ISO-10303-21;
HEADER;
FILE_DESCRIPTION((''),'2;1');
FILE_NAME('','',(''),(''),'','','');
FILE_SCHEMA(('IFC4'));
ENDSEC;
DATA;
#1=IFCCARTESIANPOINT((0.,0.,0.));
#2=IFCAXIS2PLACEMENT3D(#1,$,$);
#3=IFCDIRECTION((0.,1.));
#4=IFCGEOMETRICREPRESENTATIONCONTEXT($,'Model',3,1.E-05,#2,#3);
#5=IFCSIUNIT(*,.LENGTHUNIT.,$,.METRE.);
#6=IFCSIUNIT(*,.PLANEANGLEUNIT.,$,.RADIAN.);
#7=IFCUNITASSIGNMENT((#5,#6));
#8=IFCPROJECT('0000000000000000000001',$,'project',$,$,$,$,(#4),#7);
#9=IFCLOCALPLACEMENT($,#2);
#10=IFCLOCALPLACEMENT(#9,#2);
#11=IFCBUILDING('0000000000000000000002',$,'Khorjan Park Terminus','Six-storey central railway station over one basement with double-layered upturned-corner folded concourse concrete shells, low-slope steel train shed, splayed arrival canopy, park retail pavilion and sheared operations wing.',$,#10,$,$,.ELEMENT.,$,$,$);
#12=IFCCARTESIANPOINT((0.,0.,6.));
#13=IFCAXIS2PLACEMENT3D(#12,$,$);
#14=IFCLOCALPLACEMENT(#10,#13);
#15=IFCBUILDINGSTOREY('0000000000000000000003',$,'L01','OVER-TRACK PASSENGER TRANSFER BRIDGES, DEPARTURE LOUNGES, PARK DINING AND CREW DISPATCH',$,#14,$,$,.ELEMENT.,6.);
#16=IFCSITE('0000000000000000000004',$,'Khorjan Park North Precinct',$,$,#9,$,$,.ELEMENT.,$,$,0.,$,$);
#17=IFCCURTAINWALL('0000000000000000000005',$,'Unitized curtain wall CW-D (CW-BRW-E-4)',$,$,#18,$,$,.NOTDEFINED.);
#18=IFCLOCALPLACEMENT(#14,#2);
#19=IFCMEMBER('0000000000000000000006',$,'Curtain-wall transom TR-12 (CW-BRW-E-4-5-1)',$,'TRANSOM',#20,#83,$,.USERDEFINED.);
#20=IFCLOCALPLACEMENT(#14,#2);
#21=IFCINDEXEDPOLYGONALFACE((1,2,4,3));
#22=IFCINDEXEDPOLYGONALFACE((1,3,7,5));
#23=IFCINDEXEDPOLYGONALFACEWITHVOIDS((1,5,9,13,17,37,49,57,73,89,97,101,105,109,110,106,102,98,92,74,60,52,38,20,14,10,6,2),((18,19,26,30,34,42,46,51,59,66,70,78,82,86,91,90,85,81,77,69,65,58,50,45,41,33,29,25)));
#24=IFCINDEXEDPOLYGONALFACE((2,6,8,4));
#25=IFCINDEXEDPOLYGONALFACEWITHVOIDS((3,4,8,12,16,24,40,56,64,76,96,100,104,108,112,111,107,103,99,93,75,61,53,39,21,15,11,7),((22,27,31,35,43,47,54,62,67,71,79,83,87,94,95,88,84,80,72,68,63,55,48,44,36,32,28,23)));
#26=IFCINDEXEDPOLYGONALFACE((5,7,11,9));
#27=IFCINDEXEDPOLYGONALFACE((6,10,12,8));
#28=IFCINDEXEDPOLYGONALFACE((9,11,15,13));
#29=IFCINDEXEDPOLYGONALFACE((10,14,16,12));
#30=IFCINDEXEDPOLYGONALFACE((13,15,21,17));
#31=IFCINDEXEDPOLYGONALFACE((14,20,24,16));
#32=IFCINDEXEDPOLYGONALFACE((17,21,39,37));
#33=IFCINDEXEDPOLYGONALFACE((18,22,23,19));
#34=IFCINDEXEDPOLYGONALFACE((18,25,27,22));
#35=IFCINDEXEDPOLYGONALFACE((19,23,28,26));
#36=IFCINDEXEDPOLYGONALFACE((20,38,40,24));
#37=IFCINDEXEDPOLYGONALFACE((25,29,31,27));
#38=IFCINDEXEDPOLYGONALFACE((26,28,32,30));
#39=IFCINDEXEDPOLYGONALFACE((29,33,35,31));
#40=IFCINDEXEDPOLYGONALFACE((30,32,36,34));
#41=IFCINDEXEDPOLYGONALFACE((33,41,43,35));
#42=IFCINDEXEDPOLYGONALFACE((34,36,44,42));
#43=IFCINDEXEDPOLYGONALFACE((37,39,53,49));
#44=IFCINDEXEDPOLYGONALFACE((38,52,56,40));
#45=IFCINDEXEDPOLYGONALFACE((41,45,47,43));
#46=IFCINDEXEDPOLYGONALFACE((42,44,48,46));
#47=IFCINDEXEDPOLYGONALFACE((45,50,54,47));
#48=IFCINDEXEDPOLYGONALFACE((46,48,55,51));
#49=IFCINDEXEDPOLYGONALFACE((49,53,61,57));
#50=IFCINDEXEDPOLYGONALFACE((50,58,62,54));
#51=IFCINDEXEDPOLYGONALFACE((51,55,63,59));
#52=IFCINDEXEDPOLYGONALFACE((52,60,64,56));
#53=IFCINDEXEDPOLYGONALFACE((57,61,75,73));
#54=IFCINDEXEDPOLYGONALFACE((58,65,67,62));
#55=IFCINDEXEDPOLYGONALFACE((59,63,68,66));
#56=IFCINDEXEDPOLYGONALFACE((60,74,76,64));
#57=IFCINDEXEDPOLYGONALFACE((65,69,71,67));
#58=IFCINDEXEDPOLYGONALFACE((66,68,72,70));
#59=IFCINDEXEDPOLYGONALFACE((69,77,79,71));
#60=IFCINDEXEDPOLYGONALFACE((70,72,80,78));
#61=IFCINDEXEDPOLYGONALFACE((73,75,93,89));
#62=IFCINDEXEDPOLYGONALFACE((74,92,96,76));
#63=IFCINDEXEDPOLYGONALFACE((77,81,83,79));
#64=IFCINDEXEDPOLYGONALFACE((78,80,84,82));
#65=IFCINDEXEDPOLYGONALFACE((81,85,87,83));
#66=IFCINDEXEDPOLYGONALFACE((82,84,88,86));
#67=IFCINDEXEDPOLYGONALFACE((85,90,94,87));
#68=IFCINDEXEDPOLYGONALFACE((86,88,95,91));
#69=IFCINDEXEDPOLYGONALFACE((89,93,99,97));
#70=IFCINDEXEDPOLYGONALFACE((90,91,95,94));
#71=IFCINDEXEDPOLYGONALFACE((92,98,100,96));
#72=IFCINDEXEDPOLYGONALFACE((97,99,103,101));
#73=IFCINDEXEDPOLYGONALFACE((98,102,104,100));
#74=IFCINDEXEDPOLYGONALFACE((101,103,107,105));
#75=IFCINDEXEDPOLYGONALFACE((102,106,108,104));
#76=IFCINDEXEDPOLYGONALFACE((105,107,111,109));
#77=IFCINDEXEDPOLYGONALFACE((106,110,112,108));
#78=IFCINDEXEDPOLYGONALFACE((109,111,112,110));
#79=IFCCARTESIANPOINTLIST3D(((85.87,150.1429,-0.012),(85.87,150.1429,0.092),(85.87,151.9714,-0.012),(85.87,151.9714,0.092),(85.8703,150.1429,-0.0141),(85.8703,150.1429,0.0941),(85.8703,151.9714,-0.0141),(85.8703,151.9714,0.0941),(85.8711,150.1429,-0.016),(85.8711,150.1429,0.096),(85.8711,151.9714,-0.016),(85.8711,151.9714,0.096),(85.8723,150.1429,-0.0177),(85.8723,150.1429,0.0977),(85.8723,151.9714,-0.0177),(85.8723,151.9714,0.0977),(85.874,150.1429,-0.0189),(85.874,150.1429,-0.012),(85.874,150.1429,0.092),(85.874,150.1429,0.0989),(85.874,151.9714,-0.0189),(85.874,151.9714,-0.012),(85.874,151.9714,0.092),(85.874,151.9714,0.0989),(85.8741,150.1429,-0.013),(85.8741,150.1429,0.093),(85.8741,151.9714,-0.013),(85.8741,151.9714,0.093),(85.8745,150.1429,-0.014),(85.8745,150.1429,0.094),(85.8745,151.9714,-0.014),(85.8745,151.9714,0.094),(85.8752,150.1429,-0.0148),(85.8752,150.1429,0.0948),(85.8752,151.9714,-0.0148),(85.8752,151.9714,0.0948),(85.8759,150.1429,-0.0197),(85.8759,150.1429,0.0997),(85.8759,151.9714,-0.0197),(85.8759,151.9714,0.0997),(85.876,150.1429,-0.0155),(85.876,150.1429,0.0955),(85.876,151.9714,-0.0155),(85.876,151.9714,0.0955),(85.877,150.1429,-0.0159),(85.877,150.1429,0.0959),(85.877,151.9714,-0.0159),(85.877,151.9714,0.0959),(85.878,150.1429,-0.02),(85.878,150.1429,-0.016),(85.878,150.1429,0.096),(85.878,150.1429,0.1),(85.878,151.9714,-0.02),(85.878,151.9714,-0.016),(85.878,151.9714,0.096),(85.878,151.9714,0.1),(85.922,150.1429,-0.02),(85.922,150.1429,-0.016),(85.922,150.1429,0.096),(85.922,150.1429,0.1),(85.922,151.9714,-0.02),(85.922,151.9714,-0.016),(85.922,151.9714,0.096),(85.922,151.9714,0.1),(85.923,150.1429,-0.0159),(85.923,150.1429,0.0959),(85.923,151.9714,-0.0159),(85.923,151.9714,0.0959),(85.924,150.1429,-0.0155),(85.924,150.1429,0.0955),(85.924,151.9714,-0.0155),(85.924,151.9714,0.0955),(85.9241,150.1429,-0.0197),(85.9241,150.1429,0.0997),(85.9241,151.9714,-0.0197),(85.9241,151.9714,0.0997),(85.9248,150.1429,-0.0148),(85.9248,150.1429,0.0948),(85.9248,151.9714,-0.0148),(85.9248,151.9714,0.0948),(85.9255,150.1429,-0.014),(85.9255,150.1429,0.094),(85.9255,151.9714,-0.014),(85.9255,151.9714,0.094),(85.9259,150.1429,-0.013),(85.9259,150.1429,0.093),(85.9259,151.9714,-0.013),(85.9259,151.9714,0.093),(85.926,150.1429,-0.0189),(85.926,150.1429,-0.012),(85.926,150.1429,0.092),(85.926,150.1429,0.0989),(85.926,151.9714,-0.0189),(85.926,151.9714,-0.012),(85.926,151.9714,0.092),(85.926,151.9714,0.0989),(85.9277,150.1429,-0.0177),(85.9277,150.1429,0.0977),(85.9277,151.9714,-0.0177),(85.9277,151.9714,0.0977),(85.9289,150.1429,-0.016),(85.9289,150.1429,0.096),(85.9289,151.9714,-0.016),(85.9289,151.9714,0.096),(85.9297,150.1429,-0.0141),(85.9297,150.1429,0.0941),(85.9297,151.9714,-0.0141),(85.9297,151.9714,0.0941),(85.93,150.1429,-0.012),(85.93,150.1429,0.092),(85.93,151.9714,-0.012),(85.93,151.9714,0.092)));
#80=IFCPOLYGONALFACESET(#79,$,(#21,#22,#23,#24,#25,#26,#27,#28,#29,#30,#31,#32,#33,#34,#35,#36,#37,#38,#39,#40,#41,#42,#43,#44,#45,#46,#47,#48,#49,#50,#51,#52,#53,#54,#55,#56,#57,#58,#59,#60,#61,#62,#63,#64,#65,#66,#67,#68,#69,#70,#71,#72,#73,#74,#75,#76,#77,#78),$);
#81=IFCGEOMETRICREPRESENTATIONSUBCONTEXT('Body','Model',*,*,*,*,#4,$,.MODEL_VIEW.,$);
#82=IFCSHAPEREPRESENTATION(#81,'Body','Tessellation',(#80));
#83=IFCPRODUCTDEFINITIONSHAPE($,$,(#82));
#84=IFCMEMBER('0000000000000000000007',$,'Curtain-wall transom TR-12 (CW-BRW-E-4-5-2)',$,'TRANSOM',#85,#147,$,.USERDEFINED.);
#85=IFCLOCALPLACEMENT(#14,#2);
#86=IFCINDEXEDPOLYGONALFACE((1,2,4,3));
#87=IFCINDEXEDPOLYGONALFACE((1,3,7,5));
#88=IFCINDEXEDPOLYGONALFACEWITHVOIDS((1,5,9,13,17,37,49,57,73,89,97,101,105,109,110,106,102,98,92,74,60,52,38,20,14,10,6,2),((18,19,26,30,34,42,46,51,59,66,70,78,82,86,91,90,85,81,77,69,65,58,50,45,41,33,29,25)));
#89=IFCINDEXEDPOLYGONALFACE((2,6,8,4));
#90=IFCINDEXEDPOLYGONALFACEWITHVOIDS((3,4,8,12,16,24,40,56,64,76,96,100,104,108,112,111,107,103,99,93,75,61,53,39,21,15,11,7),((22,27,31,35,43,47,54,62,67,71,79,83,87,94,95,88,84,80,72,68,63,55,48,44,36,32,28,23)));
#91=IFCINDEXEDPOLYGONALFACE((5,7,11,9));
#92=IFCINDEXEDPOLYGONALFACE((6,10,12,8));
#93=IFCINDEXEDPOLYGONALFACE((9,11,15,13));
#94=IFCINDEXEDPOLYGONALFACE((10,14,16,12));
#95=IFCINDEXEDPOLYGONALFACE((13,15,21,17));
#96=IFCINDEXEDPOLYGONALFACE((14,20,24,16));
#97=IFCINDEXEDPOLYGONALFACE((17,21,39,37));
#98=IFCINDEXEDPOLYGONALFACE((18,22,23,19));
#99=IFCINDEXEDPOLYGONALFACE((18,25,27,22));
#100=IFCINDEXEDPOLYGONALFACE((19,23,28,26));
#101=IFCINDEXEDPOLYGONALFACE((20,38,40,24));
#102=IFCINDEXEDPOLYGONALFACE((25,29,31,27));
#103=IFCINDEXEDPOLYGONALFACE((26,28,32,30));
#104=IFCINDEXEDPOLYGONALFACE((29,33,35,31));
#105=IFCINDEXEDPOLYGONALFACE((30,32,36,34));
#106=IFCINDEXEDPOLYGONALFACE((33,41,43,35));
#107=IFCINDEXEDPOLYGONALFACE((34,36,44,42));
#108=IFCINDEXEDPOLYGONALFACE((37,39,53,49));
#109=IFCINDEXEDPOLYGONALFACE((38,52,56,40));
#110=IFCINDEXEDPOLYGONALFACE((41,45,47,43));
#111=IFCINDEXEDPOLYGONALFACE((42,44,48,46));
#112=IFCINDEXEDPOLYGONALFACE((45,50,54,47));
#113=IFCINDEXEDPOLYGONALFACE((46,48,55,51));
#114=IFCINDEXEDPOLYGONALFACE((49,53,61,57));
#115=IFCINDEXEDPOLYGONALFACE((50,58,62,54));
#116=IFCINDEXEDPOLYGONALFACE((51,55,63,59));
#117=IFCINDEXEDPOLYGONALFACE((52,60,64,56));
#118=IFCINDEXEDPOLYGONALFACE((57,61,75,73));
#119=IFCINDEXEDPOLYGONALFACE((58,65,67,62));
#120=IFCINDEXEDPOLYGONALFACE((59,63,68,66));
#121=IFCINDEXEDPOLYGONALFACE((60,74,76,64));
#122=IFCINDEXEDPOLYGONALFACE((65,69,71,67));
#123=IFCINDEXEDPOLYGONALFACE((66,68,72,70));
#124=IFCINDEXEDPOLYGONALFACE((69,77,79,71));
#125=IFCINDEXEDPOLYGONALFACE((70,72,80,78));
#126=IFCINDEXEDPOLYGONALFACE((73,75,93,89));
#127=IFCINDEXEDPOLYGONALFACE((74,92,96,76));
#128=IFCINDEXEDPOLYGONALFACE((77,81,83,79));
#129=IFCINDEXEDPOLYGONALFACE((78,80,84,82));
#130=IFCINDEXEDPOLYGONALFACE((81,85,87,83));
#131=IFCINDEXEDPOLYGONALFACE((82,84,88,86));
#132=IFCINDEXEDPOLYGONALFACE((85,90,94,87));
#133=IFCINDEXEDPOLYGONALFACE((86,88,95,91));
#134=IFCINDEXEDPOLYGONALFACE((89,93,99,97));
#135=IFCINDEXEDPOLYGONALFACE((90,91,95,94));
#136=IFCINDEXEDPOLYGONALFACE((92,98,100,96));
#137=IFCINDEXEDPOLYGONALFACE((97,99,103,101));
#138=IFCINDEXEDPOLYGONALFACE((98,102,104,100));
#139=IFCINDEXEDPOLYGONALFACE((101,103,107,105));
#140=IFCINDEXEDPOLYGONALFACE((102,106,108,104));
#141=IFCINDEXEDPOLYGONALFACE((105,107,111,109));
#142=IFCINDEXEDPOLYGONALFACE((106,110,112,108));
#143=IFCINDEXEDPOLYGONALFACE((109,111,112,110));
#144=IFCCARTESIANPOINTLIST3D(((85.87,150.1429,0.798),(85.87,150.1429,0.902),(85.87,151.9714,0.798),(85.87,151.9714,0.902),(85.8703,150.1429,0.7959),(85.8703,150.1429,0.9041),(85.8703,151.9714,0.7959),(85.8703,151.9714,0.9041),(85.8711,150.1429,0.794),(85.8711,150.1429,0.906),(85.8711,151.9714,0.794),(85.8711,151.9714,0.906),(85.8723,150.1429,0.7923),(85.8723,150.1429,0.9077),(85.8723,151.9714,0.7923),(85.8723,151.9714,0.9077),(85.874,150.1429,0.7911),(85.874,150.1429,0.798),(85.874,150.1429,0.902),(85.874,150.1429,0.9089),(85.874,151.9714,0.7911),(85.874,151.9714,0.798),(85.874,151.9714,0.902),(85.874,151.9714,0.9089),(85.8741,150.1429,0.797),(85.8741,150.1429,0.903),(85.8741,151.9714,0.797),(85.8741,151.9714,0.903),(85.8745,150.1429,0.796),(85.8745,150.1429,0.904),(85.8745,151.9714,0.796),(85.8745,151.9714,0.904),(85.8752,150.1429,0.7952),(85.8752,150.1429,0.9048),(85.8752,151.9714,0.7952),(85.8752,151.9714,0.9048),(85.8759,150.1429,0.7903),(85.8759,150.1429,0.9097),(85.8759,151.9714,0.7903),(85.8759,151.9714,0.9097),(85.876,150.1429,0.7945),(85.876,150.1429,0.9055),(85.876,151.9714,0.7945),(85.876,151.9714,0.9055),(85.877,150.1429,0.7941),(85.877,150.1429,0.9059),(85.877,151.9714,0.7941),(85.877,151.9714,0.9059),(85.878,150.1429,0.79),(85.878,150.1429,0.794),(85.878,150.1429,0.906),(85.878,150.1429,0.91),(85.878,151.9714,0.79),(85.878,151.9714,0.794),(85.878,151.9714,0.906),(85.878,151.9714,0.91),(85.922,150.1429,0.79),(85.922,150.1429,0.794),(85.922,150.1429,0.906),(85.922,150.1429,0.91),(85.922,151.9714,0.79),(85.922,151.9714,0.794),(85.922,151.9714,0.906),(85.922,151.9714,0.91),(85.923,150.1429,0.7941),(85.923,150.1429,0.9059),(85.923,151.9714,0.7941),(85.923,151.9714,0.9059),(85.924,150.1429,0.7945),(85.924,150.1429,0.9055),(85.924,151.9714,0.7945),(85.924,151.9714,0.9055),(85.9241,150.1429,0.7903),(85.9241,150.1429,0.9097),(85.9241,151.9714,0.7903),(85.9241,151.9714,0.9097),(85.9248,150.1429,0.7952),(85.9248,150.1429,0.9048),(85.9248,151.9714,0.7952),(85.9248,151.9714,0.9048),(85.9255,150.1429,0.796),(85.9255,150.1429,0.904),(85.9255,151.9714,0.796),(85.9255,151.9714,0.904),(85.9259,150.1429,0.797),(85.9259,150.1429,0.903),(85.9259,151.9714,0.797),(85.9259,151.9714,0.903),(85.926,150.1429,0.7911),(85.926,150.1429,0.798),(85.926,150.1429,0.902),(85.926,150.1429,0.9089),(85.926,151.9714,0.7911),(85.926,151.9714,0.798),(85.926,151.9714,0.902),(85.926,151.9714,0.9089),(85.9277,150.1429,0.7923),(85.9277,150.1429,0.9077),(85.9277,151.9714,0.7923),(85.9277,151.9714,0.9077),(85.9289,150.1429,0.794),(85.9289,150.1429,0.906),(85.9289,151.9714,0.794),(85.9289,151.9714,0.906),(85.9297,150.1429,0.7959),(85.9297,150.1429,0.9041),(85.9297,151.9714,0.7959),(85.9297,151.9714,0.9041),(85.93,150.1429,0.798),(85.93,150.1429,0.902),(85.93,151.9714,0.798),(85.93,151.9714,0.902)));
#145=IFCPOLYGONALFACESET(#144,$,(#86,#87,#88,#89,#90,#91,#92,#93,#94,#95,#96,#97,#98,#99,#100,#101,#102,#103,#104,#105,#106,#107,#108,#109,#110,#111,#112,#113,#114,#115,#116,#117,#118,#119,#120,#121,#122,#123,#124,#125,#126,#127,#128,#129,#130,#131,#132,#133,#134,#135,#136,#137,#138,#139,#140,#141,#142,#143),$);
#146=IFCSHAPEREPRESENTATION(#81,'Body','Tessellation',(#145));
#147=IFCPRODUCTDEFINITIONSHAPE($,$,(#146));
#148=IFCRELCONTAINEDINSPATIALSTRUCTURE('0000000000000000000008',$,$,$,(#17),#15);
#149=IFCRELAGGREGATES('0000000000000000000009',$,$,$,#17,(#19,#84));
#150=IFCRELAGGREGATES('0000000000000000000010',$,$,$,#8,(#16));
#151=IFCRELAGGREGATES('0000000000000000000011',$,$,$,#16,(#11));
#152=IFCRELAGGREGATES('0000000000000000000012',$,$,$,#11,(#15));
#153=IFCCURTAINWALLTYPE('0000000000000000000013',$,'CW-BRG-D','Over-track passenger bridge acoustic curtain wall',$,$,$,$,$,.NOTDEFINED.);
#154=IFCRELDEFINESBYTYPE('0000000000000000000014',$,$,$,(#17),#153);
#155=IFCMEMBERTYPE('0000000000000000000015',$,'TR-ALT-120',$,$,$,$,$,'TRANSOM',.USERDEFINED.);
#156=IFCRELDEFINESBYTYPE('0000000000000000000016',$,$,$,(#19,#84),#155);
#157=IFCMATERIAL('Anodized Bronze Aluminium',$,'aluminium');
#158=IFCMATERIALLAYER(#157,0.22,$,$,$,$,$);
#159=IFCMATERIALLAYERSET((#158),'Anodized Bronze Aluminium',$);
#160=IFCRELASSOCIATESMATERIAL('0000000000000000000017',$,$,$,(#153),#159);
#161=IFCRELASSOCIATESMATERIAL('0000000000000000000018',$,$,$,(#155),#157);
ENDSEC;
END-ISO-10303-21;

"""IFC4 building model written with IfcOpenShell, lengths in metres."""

from ifc_helpers import new_model, si_unit, direction, frame, origin, origin_2d, place, context, subcontext, project, spatial, hollow_rectangle, extrude, material, layer, layer_set, material_profile, profile_set, type_object, element, aggregate, save


model = new_model("IFC4")

# Units and contexts
model_context = context("Model", 3, precision=1e-05, world=origin(), true_north=direction((0.0, 1.0)))
body_context = subcontext(model_context, "Body", "Model", "MODEL_VIEW")
ifc_project = project(units=[si_unit("LENGTHUNIT", "METRE"), si_unit("PLANEANGLEUNIT", "RADIAN")], contexts=[model_context])

# Site, building, storey
site_placement = place(None, origin())
site = spatial("IfcSite", under=ifc_project, at=site_placement, Name="Khorjan Park North Precinct", CompositionType="ELEMENT", RefElevation=0.0)
building_placement = place(site_placement, origin())
building = spatial("IfcBuilding", under=site, at=building_placement, Name="Khorjan Park Terminus", Description="Six-storey central railway station over one basement with double-layered upturned-corner folded concourse concrete shells, low-slope steel train shed, splayed arrival canopy, park retail pavilion and sheared operations wing.", CompositionType="ELEMENT")
storey_placement = place(building_placement, frame((0.0, 0.0, 6.0)))
storey = spatial("IfcBuildingStorey", under=building, at=storey_placement, Name="L01", Description="OVER-TRACK PASSENGER TRANSFER BRIDGES, DEPARTURE LOUNGES, PARK DINING AND CREW DISPATCH", CompositionType="ELEMENT", Elevation=6.0)

# Curtain wall, members
ifc_material_1 = material(Name="Anodized Bronze Aluminium", Category="aluminium")
ifc_layer_1 = layer(ifc_material_1, 0.22)
ifc_layer_set_1 = layer_set([ifc_layer_1], Name="Anodized Bronze Aluminium")
curtain_wall_type = type_object("IfcCurtainWallType", Name="CW-BRG-D", Description="Over-track passenger bridge acoustic curtain wall", PredefinedType="NOTDEFINED", material=ifc_layer_set_1)
curtain_wall_placement = place(storey_placement, origin())
curtain_wall = element("IfcCurtainWall", 1, at=curtain_wall_placement, inside=storey, type_object=curtain_wall_type, Name="Unitized curtain wall CW-D (CW-BRW-E-4)", PredefinedType="NOTDEFINED")
ifc_material_profile_1 = material_profile(ifc_material_1, hollow_rectangle(XDim=0.06, YDim=0.12, WallThickness=0.004, InnerFilletRadius=0.004, OuterFilletRadius=0.008, at=origin_2d()), Name="ALT 60x120x4")
ifc_profile_set_1 = profile_set([ifc_material_profile_1], Name="Anodized Bronze Aluminium")
member_type_1 = type_object("IfcMemberType", Name="TR-ALT-120", ElementType="TRANSOM", PredefinedType="USERDEFINED", material=ifc_profile_set_1)
member_1_placement = place(storey_placement, frame((85.9, 150.1429, 0.04), z_axis=(0.0, 1.0, 0.0), x_axis=(-1.0, 0.0, 0.0)))
member_1 = element("IfcMember", 2, at=member_1_placement, type_object=member_type_1, Name="Curtain-wall transom TR-12 (CW-BRW-E-4-5-1)", ObjectType="TRANSOM", PredefinedType="USERDEFINED", context=body_context, shape_type="SweptSolid", body=[
    extrude(hollow_rectangle(XDim=0.06, YDim=0.12, WallThickness=0.004, InnerFilletRadius=0.004, OuterFilletRadius=0.008, at=origin_2d()), origin(), (0.0, 0.0, 1.0), 1.8285),
])
member_2_placement = place(storey_placement, frame((85.9, 150.1429, 0.85), z_axis=(0.0, 1.0, 0.0), x_axis=(-1.0, 0.0, 0.0)))
member_2 = element("IfcMember", 3, at=member_2_placement, type_object=member_type_1, Name="Curtain-wall transom TR-12 (CW-BRW-E-4-5-2)", ObjectType="TRANSOM", PredefinedType="USERDEFINED", context=body_context, shape_type="SweptSolid", body=[
    extrude(hollow_rectangle(XDim=0.06, YDim=0.12, WallThickness=0.004, InnerFilletRadius=0.004, OuterFilletRadius=0.008, at=origin_2d()), origin(), (0.0, 0.0, 1.0), 1.8285),
])
aggregate(curtain_wall, [member_1, member_2])

save(model, "model.ifc")
